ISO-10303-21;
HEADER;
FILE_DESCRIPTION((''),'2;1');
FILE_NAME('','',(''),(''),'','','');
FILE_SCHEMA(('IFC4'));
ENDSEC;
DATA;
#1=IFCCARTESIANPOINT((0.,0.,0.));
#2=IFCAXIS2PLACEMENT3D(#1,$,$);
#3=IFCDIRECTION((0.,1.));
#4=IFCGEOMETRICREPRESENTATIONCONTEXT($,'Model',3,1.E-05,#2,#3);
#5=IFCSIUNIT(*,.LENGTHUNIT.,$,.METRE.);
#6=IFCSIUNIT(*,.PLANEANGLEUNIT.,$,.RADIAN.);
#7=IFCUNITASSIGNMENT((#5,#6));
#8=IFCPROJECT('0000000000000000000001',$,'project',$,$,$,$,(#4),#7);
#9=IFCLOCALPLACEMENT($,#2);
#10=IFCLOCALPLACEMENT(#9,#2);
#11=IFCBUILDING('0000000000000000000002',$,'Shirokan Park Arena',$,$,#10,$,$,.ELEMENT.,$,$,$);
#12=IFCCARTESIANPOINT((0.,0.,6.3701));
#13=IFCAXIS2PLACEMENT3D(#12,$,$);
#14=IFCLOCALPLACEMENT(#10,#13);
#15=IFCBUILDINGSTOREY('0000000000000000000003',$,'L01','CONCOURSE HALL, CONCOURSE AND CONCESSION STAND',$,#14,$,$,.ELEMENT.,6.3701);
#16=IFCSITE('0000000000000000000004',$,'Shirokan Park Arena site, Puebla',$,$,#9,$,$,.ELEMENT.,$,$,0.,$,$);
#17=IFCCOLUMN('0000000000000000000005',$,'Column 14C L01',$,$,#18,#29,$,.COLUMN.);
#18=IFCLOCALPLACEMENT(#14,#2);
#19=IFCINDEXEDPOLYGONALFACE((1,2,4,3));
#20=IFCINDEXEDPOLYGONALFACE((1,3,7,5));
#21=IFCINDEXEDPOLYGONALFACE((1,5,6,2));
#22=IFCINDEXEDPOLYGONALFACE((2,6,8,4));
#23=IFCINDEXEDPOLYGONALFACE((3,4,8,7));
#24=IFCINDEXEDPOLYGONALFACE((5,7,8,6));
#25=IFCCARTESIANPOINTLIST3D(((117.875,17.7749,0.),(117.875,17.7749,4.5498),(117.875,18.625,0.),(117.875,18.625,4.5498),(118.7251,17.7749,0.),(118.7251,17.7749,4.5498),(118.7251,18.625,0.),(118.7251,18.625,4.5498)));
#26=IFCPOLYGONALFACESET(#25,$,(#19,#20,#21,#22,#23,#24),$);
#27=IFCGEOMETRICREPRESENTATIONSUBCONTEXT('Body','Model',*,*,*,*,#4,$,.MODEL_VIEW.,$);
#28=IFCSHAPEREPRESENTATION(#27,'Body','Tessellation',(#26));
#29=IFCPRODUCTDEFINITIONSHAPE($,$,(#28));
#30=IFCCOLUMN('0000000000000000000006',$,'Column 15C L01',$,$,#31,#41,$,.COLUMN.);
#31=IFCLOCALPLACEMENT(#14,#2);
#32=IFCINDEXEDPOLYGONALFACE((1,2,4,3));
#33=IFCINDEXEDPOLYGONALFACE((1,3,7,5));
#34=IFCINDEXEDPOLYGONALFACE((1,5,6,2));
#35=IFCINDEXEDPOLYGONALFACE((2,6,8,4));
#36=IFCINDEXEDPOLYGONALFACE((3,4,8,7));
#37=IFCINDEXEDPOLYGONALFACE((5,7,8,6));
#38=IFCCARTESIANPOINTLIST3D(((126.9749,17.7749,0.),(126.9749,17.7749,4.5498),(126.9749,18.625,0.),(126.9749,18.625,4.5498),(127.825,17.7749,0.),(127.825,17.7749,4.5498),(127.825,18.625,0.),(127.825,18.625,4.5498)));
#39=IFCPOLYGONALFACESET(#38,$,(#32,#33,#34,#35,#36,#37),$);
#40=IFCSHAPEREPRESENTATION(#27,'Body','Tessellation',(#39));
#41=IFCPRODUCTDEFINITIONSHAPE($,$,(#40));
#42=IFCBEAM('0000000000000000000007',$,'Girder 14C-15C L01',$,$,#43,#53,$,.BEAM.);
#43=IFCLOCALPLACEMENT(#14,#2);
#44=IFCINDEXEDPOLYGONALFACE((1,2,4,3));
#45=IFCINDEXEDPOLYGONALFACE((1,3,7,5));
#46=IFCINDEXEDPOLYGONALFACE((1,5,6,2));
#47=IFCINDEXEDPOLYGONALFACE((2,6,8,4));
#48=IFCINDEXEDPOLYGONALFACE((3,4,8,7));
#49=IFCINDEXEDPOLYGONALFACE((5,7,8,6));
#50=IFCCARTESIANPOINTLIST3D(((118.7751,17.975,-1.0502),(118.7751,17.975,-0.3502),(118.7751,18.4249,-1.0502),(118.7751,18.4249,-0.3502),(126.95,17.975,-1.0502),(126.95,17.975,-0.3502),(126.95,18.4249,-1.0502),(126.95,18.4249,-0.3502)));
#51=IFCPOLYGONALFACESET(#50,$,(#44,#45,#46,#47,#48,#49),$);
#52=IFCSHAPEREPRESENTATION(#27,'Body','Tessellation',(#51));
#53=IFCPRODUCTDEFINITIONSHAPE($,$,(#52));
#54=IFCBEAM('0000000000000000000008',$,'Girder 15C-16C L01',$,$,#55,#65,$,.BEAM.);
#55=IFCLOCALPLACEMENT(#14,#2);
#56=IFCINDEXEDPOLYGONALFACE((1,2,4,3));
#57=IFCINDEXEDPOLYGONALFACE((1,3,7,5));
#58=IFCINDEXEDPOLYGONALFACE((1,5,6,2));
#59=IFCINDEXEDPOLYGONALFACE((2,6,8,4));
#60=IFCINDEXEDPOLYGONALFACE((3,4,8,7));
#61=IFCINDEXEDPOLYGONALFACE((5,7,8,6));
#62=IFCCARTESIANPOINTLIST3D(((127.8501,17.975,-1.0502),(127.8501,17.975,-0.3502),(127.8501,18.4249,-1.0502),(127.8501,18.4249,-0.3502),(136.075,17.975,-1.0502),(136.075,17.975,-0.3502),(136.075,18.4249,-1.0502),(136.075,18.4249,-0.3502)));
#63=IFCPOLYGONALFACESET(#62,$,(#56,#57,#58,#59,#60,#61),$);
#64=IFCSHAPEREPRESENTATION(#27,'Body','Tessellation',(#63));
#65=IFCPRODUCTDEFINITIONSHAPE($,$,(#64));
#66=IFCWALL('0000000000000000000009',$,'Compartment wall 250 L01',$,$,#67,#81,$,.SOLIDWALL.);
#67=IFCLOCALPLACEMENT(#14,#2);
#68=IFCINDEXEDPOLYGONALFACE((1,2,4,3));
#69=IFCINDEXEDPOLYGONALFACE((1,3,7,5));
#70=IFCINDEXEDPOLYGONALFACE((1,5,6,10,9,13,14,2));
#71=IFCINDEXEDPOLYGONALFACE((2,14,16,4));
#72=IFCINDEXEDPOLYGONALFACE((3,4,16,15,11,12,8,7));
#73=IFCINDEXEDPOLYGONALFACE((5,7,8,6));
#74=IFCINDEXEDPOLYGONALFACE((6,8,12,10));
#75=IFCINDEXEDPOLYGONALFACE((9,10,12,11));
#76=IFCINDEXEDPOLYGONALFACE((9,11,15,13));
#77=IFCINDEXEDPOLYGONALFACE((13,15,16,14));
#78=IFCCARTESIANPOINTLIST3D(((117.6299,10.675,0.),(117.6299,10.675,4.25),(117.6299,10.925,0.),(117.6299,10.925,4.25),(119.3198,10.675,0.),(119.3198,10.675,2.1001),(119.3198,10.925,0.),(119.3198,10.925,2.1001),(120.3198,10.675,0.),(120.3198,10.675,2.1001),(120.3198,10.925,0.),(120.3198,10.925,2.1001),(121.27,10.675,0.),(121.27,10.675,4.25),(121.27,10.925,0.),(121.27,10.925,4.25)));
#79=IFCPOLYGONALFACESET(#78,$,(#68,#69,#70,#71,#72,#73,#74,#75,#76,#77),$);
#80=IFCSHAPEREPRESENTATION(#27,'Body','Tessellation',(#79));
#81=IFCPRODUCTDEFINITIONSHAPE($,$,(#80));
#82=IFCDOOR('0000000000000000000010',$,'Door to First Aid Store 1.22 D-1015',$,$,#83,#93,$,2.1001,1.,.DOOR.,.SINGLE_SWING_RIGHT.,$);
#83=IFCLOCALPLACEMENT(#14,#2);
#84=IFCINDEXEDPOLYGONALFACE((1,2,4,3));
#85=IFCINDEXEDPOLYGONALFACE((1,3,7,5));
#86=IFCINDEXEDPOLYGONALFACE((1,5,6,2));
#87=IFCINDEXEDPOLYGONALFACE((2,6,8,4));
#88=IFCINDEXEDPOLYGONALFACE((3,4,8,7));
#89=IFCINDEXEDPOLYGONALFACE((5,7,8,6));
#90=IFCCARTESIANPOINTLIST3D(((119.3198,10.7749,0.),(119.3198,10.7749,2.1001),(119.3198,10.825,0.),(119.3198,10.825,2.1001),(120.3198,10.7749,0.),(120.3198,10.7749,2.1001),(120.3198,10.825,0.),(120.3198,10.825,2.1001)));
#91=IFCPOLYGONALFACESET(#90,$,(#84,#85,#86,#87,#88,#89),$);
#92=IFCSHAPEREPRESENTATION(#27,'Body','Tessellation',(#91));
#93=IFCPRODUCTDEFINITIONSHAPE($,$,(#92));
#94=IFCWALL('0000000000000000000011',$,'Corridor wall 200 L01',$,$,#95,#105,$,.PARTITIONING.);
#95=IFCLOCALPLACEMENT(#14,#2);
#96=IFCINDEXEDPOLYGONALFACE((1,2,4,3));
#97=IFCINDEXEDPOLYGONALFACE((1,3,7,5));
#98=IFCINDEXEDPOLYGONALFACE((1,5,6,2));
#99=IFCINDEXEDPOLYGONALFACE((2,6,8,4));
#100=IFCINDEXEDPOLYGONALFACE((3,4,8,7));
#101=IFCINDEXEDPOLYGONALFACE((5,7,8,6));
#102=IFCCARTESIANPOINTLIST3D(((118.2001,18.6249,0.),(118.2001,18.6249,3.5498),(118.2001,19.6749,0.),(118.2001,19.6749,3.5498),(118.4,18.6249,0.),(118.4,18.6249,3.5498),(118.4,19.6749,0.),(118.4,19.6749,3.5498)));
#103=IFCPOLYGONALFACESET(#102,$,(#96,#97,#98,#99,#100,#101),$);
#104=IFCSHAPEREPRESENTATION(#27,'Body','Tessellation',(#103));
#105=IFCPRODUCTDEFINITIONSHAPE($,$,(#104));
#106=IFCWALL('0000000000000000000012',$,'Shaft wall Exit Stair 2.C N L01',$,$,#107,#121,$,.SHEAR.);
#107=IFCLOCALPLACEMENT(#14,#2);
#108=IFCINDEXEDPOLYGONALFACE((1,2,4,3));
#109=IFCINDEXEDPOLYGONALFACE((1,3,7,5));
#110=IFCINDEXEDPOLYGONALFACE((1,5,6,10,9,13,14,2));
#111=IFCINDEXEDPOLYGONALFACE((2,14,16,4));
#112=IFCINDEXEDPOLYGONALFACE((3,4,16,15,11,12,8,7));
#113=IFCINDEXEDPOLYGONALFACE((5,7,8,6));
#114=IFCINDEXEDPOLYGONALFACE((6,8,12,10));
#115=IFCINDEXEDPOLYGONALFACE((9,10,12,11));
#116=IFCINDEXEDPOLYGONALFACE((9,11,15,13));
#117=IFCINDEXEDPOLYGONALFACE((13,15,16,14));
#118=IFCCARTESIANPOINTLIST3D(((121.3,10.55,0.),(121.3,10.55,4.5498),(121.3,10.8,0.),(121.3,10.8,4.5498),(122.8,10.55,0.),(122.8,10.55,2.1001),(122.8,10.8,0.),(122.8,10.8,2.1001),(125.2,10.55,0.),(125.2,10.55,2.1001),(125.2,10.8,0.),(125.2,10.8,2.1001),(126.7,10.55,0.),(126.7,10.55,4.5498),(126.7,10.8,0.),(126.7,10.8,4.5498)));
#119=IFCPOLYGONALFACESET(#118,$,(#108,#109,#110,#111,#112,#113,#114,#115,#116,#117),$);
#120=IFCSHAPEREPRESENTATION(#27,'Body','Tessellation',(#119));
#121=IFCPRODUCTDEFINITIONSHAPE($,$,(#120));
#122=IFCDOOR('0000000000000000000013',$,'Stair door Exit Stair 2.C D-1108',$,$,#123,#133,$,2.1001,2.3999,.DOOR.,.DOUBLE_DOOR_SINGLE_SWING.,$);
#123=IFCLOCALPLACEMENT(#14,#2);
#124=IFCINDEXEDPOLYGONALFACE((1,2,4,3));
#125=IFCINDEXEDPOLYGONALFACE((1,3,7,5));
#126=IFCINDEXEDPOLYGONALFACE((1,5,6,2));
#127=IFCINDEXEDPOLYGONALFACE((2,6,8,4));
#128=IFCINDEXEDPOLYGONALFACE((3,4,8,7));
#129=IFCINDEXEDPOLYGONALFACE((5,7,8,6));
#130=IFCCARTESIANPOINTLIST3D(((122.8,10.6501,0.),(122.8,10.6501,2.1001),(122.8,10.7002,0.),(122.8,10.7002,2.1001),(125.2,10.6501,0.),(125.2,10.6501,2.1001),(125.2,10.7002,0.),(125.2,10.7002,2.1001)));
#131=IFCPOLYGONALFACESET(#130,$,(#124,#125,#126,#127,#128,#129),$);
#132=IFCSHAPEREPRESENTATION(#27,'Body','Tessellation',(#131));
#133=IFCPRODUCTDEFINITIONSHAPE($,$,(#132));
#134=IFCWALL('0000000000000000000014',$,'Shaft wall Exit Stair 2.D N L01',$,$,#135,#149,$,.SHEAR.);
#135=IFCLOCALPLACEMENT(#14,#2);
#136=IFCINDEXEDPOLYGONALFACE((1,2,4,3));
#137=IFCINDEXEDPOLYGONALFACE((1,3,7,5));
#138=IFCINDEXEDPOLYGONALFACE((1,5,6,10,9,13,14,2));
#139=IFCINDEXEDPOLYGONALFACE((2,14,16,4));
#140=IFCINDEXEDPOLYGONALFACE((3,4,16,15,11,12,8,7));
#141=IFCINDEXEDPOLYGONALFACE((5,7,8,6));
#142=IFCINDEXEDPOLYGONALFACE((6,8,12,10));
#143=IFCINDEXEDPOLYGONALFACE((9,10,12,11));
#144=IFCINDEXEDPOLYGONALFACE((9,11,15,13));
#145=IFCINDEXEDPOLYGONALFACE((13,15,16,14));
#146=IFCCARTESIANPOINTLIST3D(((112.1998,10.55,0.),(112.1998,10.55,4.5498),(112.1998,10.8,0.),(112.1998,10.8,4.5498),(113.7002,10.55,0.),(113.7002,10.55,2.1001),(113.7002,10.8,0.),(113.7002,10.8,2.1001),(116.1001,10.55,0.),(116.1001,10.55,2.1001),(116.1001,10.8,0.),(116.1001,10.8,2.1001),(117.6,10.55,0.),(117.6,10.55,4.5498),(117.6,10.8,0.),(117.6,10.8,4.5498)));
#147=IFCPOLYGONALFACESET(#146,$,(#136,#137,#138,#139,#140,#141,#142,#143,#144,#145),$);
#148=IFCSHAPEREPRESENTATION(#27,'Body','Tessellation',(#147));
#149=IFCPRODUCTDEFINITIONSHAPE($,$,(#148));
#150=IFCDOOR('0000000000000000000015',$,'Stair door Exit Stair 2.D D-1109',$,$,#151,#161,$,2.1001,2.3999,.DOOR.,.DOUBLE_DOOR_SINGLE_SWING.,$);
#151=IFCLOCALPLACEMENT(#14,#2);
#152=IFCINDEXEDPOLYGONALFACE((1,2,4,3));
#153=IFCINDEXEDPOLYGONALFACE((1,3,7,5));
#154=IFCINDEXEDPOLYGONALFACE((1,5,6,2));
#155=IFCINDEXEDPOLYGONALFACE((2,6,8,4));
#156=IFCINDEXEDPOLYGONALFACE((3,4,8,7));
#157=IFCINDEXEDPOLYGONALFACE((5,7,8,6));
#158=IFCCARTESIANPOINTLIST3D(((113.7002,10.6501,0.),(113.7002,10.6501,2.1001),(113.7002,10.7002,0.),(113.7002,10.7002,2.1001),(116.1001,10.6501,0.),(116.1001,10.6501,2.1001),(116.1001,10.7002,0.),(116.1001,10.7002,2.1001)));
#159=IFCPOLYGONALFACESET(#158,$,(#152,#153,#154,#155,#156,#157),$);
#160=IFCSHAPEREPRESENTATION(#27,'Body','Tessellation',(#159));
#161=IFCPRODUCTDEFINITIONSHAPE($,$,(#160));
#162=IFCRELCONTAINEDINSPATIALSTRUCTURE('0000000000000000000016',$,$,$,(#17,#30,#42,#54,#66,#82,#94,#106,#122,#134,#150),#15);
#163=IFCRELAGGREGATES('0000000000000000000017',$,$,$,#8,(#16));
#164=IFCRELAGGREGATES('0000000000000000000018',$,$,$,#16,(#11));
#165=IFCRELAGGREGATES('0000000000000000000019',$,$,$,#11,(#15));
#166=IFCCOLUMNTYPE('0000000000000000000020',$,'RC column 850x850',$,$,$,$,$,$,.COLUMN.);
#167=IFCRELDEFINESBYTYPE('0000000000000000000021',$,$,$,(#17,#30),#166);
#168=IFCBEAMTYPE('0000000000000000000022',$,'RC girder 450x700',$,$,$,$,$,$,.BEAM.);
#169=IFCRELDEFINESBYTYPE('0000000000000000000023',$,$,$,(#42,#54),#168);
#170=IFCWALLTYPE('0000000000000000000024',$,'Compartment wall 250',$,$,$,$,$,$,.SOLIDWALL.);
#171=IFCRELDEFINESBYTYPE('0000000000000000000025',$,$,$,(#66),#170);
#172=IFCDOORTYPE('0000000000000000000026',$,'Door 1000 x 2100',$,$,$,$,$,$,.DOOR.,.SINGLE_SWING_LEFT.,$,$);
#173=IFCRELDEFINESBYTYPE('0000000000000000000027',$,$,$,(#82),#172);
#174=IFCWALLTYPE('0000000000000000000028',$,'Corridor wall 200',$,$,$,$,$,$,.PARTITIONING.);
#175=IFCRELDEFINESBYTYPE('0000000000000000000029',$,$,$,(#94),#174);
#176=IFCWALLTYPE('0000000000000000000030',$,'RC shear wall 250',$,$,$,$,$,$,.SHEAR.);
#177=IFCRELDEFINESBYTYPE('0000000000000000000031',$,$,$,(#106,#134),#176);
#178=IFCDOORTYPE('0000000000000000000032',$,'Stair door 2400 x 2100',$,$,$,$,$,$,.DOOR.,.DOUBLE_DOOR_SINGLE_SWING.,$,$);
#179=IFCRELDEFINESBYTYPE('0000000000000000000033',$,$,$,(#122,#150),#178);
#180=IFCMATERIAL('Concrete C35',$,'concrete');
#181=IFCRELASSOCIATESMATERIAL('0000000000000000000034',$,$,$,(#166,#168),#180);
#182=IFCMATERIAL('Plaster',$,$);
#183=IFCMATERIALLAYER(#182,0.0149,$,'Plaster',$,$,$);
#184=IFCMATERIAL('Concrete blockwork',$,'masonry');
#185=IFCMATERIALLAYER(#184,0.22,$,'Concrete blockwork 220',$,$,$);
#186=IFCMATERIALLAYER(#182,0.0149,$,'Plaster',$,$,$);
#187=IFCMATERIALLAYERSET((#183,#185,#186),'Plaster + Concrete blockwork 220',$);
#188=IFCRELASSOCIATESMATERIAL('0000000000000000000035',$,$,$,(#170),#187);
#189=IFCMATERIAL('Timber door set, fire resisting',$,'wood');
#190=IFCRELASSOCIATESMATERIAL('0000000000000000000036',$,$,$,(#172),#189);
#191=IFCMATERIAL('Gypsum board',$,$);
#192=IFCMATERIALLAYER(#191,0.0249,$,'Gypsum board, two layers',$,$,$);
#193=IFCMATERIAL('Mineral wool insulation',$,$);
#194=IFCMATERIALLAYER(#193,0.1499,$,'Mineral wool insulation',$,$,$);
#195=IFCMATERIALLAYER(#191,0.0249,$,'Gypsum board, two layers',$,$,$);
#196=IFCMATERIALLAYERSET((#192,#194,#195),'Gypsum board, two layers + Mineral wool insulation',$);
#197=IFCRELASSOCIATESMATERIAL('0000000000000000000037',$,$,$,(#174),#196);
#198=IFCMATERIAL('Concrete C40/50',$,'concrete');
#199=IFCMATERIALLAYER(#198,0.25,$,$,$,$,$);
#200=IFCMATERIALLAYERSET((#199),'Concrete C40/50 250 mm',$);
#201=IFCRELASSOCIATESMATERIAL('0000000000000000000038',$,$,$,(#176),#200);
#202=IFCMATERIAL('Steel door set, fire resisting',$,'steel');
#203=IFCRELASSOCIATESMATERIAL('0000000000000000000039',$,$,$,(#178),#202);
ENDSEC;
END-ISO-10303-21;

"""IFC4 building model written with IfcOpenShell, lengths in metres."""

from ifc_helpers import new_model, si_unit, direction, frame, frame_2d, origin, origin_2d, place, context, subcontext, project, spatial, rectangle, extrude, material, layer, layer_set, material_profile, profile_set, type_object, element, fill, save


model = new_model("IFC4")

# Units and contexts
model_context = context("Model", 3, precision=1e-05, world=origin(), true_north=direction((0.0, 1.0)))
body_context = subcontext(model_context, "Body", "Model", "MODEL_VIEW")
ifc_project = project(units=[si_unit("LENGTHUNIT", "METRE"), si_unit("PLANEANGLEUNIT", "RADIAN")], contexts=[model_context])

# Site, building, storey
site_placement = place(None, origin())
site = spatial("IfcSite", under=ifc_project, at=site_placement, Name="Shirokan Park Arena site, Puebla", CompositionType="ELEMENT", RefElevation=0.0)
building_placement = place(site_placement, origin())
building = spatial("IfcBuilding", under=site, at=building_placement, Name="Shirokan Park Arena", CompositionType="ELEMENT")
storey_placement = place(building_placement, frame((0.0, 0.0, 6.3701)))
storey = spatial("IfcBuildingStorey", under=building, at=storey_placement, Name="L01", Description="CONCOURSE HALL, CONCOURSE AND CONCESSION STAND", CompositionType="ELEMENT", Elevation=6.3701)

# Columns
ifc_material_1 = material(Name="Concrete C35", Category="concrete")
ifc_material_profile_1 = material_profile(ifc_material_1, rectangle(XDim=0.8501, YDim=0.8501, at=origin_2d()), Name="850x850")
ifc_profile_set_1 = profile_set([ifc_material_profile_1], Name="Concrete C35")
column_type = type_object("IfcColumnType", Name="RC column 850x850", PredefinedType="COLUMN", material=ifc_profile_set_1)
for number, where, z_axis, x_axis, name in (
    (1, (118.3, 18.2, 0.0), (0.0, 0.0, 1.0), (1.0, 0.0, 0.0), "Column 14C L01"),
    (2, (127.3999, 18.2, 0.0), (0.0, 0.0, 1.0), (1.0, 0.0, 0.0), "Column 15C L01"),
):
    element("IfcColumn", number, at=place(storey_placement, frame(where, z_axis=z_axis, x_axis=x_axis)), inside=storey, type_object=column_type, Name=name, PredefinedType="COLUMN", context=body_context, shape_type="SweptSolid", body=[
        extrude(rectangle(XDim=0.8501, YDim=0.8501, at=origin_2d()), origin(), (0.0, 0.0, 1.0), 4.5498),
    ])

# Beams
ifc_material_profile_2 = material_profile(ifc_material_1, rectangle(XDim=0.45, YDim=0.7, at=origin_2d()), Name="450x700")
ifc_profile_set_2 = profile_set([ifc_material_profile_2], Name="Concrete C35")
beam_type = type_object("IfcBeamType", Name="RC girder 450x700", PredefinedType="BEAM", material=ifc_profile_set_2)
beam_1_placement = place(storey_placement, frame((118.7751, 18.2, -0.7002), z_axis=(1.0, 0.0, 0.0), x_axis=(0.0, 1.0, 0.0)))
element("IfcBeam", 3, at=beam_1_placement, inside=storey, type_object=beam_type, Name="Girder 14C-15C L01", PredefinedType="BEAM", context=body_context, shape_type="SweptSolid", body=[
    extrude(rectangle(XDim=0.45, YDim=0.7, at=origin_2d()), origin(), (0.0, 0.0, 1.0), 8.1748),
])
beam_2_placement = place(storey_placement, frame((127.8501, 18.2, -0.7002), z_axis=(1.0, 0.0, 0.0), x_axis=(0.0, 1.0, 0.0)))
element("IfcBeam", 4, at=beam_2_placement, inside=storey, type_object=beam_type, Name="Girder 15C-16C L01", PredefinedType="BEAM", context=body_context, shape_type="SweptSolid", body=[
    extrude(rectangle(XDim=0.45, YDim=0.7, at=origin_2d()), origin(), (0.0, 0.0, 1.0), 8.2249),
])

# Wall, opening, door
ifc_material_2 = material(Name="Plaster")
ifc_layer_1 = layer(ifc_material_2, 0.0149, Name="Plaster")
ifc_material_3 = material(Name="Concrete blockwork", Category="masonry")
ifc_layer_2 = layer(ifc_material_3, 0.22, Name="Concrete blockwork 220")
ifc_layer_3 = layer(ifc_material_2, 0.0149, Name="Plaster")
ifc_layer_set_1 = layer_set([ifc_layer_1, ifc_layer_2, ifc_layer_3], Name="Plaster + Concrete blockwork 220")
wall_type_1 = type_object("IfcWallType", Name="Compartment wall 250", PredefinedType="SOLIDWALL", material=ifc_layer_set_1)
wall_1_placement = place(storey_placement, frame((117.6299, 10.8, 0.0), z_axis=(0.0, 0.0, 1.0), x_axis=(1.0, 0.0, 0.0)))
wall_1 = element("IfcWall", 5, at=wall_1_placement, inside=storey, type_object=wall_type_1, Name="Compartment wall 250 L01", PredefinedType="SOLIDWALL", context=body_context, shape_type="SweptSolid", body=[
    extrude(rectangle(XDim=3.6401, YDim=0.25, at=frame_2d((1.8201, 0.0))), origin(), (0.0, 0.0, 1.0), 4.25),
])
opening_1_placement = place(wall_1_placement, frame((1.6899, 0.0, 0.0)))
opening_1 = element("IfcOpeningElement", 6, at=opening_1_placement, cuts=wall_1, PredefinedType="OPENING", context=body_context, shape_type="SweptSolid", body=[
    extrude(rectangle(XDim=1.0, YDim=2.1001, at=frame_2d((0.5, 1.05))), frame((0.0, 0.135, 0.0), z_axis=(0.0, -1.0, 0.0), x_axis=(1.0, 0.0, 0.0)), (0.0, 0.0, 1.0), 0.27),
])
ifc_material_4 = material(Name="Timber door set, fire resisting", Category="wood")
door_type_1 = type_object("IfcDoorType", Name="Door 1000 x 2100", OperationType="SINGLE_SWING_LEFT", PredefinedType="DOOR", material=ifc_material_4)
door_1_placement = place(opening_1_placement, origin())
door_1 = element("IfcDoor", 7, at=door_1_placement, inside=storey, type_object=door_type_1, Name="Door to First Aid Store 1.22 D-1015", OperationType="SINGLE_SWING_RIGHT", OverallHeight=2.1001, OverallWidth=1.0, PredefinedType="DOOR", context=body_context, shape_type="SweptSolid", body=[
    extrude(rectangle(XDim=1.0, YDim=2.1001, at=frame_2d((0.5, 1.05))), frame((0.0, 0.0249, 0.0), z_axis=(0.0, -1.0, 0.0), x_axis=(1.0, 0.0, 0.0)), (0.0, 0.0, 1.0), 0.05),
])
fill(opening_1, door_1)

# Shared definitions
ifc_material_5 = material(Name="Gypsum board")
ifc_layer_4 = layer(ifc_material_5, 0.0249, Name="Gypsum board, two layers")
ifc_material_6 = material(Name="Mineral wool insulation")
ifc_layer_5 = layer(ifc_material_6, 0.1499, Name="Mineral wool insulation")
ifc_layer_6 = layer(ifc_material_5, 0.0249, Name="Gypsum board, two layers")
ifc_layer_set_2 = layer_set([ifc_layer_4, ifc_layer_5, ifc_layer_6], Name="Gypsum board, two layers + Mineral wool insulation")
wall_type_2 = type_object("IfcWallType", Name="Corridor wall 200", PredefinedType="PARTITIONING", material=ifc_layer_set_2)

# Wall
wall_2_placement = place(storey_placement, frame((118.3, 18.625, 0.0), z_axis=(0.0, 0.0, 1.0), x_axis=(0.0, 1.0, 0.0)))
element("IfcWall", 8, at=wall_2_placement, inside=storey, type_object=wall_type_2, Name="Corridor wall 200 L01", PredefinedType="PARTITIONING", context=body_context, shape_type="SweptSolid", body=[
    extrude(rectangle(XDim=1.05, YDim=0.2, at=frame_2d((0.5249, 0.0))), origin(), (0.0, 0.0, 1.0), 3.5498),
])

# Walls, openings, doors
ifc_material_7 = material(Name="Concrete C40/50", Category="concrete")
ifc_layer_7 = layer(ifc_material_7, 0.25)
ifc_layer_set_3 = layer_set([ifc_layer_7], Name="Concrete C40/50 250 mm")
wall_type_3 = type_object("IfcWallType", Name="RC shear wall 250", PredefinedType="SHEAR", material=ifc_layer_set_3)
wall_3_placement = place(storey_placement, frame((126.7, 10.675, 0.0), z_axis=(0.0, 0.0, 1.0), x_axis=(-1.0, 0.0, 0.0)))
wall_3 = element("IfcWall", 9, at=wall_3_placement, inside=storey, type_object=wall_type_3, Name="Shaft wall Exit Stair 2.C N L01", PredefinedType="SHEAR", context=body_context, shape_type="SweptSolid", body=[
    extrude(rectangle(XDim=5.3999, YDim=0.25, at=frame_2d((2.7, 0.0))), origin(), (0.0, 0.0, 1.0), 4.5498),
])
opening_2_placement = place(wall_3_placement, frame((1.5, 0.0, 0.0)))
opening_2 = element("IfcOpeningElement", 10, at=opening_2_placement, cuts=wall_3, PredefinedType="OPENING", context=body_context, shape_type="SweptSolid", body=[
    extrude(rectangle(XDim=2.3999, YDim=2.1001, at=frame_2d((1.2, 1.05))), frame((0.0, 0.135, 0.0), z_axis=(0.0, -1.0, 0.0), x_axis=(1.0, 0.0, 0.0)), (0.0, 0.0, 1.0), 0.27),
])
ifc_material_8 = material(Name="Steel door set, fire resisting", Category="steel")
door_type_2 = type_object("IfcDoorType", Name="Stair door 2400 x 2100", OperationType="DOUBLE_DOOR_SINGLE_SWING", PredefinedType="DOOR", material=ifc_material_8)
door_2_placement = place(opening_2_placement, origin())
door_2 = element("IfcDoor", 11, at=door_2_placement, inside=storey, type_object=door_type_2, Name="Stair door Exit Stair 2.C D-1108", OperationType="DOUBLE_DOOR_SINGLE_SWING", OverallHeight=2.1001, OverallWidth=2.3999, PredefinedType="DOOR", context=body_context, shape_type="SweptSolid", body=[
    extrude(rectangle(XDim=2.3999, YDim=2.1001, at=frame_2d((1.2, 1.05))), frame((0.0, 0.0249, 0.0), z_axis=(0.0, -1.0, 0.0), x_axis=(1.0, 0.0, 0.0)), (0.0, 0.0, 1.0), 0.05),
])
fill(opening_2, door_2)
wall_4_placement = place(storey_placement, frame((117.6001, 10.675, 0.0), z_axis=(0.0, 0.0, 1.0), x_axis=(-1.0, 0.0, 0.0)))
wall_4 = element("IfcWall", 12, at=wall_4_placement, inside=storey, type_object=wall_type_3, Name="Shaft wall Exit Stair 2.D N L01", PredefinedType="SHEAR", context=body_context, shape_type="SweptSolid", body=[
    extrude(rectangle(XDim=5.4001, YDim=0.25, at=frame_2d((2.7002, 0.0))), origin(), (0.0, 0.0, 1.0), 4.5498),
])
opening_3_placement = place(wall_4_placement, frame((1.5, 0.0, 0.0)))
opening_3 = element("IfcOpeningElement", 13, at=opening_3_placement, cuts=wall_4, PredefinedType="OPENING", context=body_context, shape_type="SweptSolid", body=[
    extrude(rectangle(XDim=2.3999, YDim=2.1001, at=frame_2d((1.2, 1.05))), frame((0.0, 0.135, 0.0), z_axis=(0.0, -1.0, 0.0), x_axis=(1.0, 0.0, 0.0)), (0.0, 0.0, 1.0), 0.27),
])
door_3_placement = place(opening_3_placement, origin())
door_3 = element("IfcDoor", 14, at=door_3_placement, inside=storey, type_object=door_type_2, Name="Stair door Exit Stair 2.D D-1109", OperationType="DOUBLE_DOOR_SINGLE_SWING", OverallHeight=2.1001, OverallWidth=2.3999, PredefinedType="DOOR", context=body_context, shape_type="SweptSolid", body=[
    extrude(rectangle(XDim=2.3999, YDim=2.1001, at=frame_2d((1.2, 1.05))), frame((0.0, 0.0249, 0.0), z_axis=(0.0, -1.0, 0.0), x_axis=(1.0, 0.0, 0.0)), (0.0, 0.0, 1.0), 0.05),
])
fill(opening_3, door_3)

save(model, "model.ifc")
